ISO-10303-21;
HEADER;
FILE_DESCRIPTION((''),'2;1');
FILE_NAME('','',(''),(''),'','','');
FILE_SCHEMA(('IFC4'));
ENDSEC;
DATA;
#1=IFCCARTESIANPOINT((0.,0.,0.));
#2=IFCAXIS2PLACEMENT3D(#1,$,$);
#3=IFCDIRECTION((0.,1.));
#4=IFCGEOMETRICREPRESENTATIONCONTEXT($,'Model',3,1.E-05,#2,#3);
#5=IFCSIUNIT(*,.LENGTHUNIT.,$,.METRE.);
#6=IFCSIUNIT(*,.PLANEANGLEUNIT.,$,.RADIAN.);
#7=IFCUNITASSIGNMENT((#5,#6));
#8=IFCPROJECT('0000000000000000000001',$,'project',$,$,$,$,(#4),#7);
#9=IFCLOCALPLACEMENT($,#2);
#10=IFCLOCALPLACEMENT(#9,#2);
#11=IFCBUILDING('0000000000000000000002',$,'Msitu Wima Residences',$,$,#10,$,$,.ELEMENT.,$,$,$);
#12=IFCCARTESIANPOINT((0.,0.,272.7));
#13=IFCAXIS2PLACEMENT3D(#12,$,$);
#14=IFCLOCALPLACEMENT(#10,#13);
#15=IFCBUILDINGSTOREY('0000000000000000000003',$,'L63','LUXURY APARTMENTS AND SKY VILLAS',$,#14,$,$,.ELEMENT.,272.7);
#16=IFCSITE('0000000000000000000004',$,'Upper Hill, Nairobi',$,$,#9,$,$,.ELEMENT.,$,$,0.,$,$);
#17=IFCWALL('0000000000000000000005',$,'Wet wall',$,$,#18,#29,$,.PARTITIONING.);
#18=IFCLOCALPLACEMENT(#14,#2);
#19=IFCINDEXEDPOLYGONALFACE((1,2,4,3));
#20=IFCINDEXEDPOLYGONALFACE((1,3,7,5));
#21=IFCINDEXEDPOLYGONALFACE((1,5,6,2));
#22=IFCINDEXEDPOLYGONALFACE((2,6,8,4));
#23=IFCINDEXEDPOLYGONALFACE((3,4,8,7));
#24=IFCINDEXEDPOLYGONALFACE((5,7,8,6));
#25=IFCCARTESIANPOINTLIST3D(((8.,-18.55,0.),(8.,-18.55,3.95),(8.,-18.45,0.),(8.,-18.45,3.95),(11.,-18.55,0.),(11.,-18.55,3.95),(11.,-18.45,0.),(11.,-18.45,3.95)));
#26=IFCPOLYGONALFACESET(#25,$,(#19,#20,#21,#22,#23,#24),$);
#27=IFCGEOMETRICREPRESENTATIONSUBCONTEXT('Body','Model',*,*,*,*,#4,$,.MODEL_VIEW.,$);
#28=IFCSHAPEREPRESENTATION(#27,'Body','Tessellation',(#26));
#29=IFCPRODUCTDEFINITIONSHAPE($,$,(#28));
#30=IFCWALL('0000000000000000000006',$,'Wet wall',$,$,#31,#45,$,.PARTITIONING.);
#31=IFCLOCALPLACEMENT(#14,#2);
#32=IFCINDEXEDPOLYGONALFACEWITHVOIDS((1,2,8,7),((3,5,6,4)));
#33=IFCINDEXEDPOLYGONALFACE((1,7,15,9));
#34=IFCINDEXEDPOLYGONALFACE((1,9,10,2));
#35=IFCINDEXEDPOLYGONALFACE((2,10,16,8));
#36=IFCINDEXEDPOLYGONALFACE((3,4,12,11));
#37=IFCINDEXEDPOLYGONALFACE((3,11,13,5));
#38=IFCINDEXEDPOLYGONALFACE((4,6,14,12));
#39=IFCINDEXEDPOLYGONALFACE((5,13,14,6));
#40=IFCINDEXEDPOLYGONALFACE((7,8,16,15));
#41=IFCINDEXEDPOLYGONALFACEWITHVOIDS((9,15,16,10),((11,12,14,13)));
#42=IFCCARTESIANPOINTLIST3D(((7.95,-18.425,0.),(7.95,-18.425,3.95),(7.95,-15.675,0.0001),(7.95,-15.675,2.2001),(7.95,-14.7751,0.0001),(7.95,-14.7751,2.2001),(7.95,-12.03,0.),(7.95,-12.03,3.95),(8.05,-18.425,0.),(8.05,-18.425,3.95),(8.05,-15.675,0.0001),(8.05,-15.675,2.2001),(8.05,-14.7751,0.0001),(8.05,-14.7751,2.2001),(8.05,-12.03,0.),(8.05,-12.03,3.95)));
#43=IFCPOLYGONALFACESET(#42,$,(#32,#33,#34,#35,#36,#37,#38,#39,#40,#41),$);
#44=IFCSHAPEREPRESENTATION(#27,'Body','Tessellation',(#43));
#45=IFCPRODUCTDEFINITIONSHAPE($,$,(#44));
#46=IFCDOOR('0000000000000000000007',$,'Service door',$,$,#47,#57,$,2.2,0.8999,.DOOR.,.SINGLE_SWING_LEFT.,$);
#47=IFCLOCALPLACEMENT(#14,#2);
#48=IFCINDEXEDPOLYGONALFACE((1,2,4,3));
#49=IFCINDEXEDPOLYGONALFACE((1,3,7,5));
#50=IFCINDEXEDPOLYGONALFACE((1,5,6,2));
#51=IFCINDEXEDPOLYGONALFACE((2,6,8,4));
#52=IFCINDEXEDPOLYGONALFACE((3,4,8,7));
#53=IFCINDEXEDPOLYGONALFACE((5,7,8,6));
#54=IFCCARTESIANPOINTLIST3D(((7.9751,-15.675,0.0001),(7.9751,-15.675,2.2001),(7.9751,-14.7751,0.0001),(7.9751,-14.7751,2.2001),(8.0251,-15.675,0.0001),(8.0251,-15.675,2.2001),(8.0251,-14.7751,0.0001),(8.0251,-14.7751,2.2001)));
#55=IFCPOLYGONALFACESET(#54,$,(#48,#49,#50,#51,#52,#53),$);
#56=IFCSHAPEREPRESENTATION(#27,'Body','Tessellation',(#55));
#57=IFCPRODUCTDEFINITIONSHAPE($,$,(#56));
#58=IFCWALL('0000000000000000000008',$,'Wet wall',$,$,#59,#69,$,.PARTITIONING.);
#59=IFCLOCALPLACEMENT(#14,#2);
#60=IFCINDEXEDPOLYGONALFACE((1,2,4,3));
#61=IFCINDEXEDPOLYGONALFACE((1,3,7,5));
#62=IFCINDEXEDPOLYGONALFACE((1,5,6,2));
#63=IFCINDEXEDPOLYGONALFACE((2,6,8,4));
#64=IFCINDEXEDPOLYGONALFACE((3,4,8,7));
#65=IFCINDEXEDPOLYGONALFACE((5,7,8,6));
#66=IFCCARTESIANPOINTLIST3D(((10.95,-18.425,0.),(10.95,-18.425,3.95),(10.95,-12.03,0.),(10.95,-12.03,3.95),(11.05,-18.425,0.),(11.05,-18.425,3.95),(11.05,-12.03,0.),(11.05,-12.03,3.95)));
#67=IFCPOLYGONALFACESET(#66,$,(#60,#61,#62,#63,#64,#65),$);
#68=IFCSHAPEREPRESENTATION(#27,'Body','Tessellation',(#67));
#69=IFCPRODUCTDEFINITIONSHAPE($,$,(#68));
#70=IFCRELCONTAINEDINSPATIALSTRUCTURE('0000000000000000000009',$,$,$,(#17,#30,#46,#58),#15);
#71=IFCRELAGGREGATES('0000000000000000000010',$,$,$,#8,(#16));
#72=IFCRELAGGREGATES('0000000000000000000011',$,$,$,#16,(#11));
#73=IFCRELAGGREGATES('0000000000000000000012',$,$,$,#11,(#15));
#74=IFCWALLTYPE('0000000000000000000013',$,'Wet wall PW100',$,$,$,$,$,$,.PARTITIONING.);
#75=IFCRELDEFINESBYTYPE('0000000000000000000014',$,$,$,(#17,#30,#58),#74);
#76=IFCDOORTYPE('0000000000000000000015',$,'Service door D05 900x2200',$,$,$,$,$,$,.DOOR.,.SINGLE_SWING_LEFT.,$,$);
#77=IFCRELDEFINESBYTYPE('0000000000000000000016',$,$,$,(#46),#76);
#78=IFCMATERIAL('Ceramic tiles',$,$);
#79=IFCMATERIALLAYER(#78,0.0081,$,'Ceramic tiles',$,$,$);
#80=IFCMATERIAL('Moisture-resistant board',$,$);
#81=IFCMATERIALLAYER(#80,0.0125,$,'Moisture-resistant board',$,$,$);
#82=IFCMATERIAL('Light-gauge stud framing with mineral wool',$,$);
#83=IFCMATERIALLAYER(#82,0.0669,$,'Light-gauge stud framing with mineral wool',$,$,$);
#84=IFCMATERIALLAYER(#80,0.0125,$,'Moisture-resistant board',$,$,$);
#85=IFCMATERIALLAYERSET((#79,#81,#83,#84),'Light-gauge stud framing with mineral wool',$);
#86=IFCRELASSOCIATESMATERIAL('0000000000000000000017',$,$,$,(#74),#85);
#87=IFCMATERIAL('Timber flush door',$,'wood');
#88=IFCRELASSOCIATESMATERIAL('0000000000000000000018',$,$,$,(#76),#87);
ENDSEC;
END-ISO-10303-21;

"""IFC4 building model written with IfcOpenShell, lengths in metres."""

from ifc_helpers import new_model, si_unit, direction, frame, frame_2d, origin, place, context, subcontext, project, spatial, rectangle, extrude, material, layer, layer_set, type_object, element, fill, save


model = new_model("IFC4")

# Units and contexts
model_context = context("Model", 3, precision=1e-05, world=origin(), true_north=direction((0.0, 1.0)))
body_context = subcontext(model_context, "Body", "Model", "MODEL_VIEW")
ifc_project = project(units=[si_unit("LENGTHUNIT", "METRE"), si_unit("PLANEANGLEUNIT", "RADIAN")], contexts=[model_context])

# Site, building, storey
site_placement = place(None, origin())
site = spatial("IfcSite", under=ifc_project, at=site_placement, Name="Upper Hill, Nairobi", CompositionType="ELEMENT", RefElevation=0.0)
building_placement = place(site_placement, origin())
building = spatial("IfcBuilding", under=site, at=building_placement, Name="Msitu Wima Residences", CompositionType="ELEMENT")
storey_placement = place(building_placement, frame((0.0, 0.0, 272.7)))
storey = spatial("IfcBuildingStorey", under=building, at=storey_placement, Name="L63", Description="LUXURY APARTMENTS AND SKY VILLAS", CompositionType="ELEMENT", Elevation=272.7)

# Shared definitions
ifc_material_1 = material(Name="Timber flush door", Category="wood")

# Wall
ifc_material_2 = material(Name="Ceramic tiles")
ifc_layer_1 = layer(ifc_material_2, 0.0081, Name="Ceramic tiles")
ifc_material_3 = material(Name="Moisture-resistant board")
ifc_layer_2 = layer(ifc_material_3, 0.0125, Name="Moisture-resistant board")
ifc_material_4 = material(Name="Light-gauge stud framing with mineral wool")
ifc_layer_3 = layer(ifc_material_4, 0.0669, Name="Light-gauge stud framing with mineral wool")
ifc_layer_4 = layer(ifc_material_3, 0.0125, Name="Moisture-resistant board")
ifc_layer_set_1 = layer_set([ifc_layer_1, ifc_layer_2, ifc_layer_3, ifc_layer_4], Name="Light-gauge stud framing with mineral wool")
wall_type_1 = type_object("IfcWallType", Name="Wet wall PW100", PredefinedType="PARTITIONING", material=ifc_layer_set_1)
wall_1_placement = place(storey_placement, frame((8.0, -18.5, 0.0), z_axis=(0.0, 0.0, 1.0), x_axis=(1.0, 0.0, 0.0)))
element("IfcWall", 1, at=wall_1_placement, inside=storey, type_object=wall_type_1, Name="Wet wall", PredefinedType="PARTITIONING", context=body_context, shape_type="SweptSolid", body=[
    extrude(rectangle(XDim=3.0, YDim=0.1001, at=frame_2d((1.5, 0.0))), origin(), (0.0, 0.0, 1.0), 3.95),
])

# Wall, opening, door
wall_2_placement = place(storey_placement, frame((8.0, -18.425, 0.0), z_axis=(0.0, 0.0, 1.0), x_axis=(0.0, 1.0, 0.0)))
wall_2 = element("IfcWall", 2, at=wall_2_placement, inside=storey, type_object=wall_type_1, Name="Wet wall", PredefinedType="PARTITIONING", context=body_context, shape_type="SweptSolid", body=[
    extrude(rectangle(XDim=6.395, YDim=0.1001, at=frame_2d((3.1975, 0.0))), origin(), (0.0, 0.0, 1.0), 3.95),
])
opening_1_placement = place(wall_2_placement, frame((2.75, 0.0, 0.0)))
opening_1 = element("IfcOpeningElement", 3, at=opening_1_placement, cuts=wall_2, PredefinedType="OPENING", context=body_context, shape_type="SweptSolid", body=[
    extrude(rectangle(XDim=0.8999, YDim=2.2, at=frame_2d((0.45, 1.1001))), frame((0.0, 0.0601, 0.0), z_axis=(0.0, -1.0, 0.0), x_axis=(1.0, 0.0, 0.0)), (0.0, 0.0, 1.0), 0.1201),
])
door_type_1 = type_object("IfcDoorType", Name="Service door D05 900x2200", OperationType="SINGLE_SWING_LEFT", PredefinedType="DOOR", material=ifc_material_1)
door_1_placement = place(opening_1_placement, origin())
door_1 = element("IfcDoor", 4, at=door_1_placement, inside=storey, type_object=door_type_1, Name="Service door", OperationType="SINGLE_SWING_LEFT", OverallHeight=2.2, OverallWidth=0.8999, PredefinedType="DOOR", context=body_context, shape_type="SweptSolid", body=[
    extrude(rectangle(XDim=0.8999, YDim=2.2, at=frame_2d((0.45, 1.1001))), frame((0.0, 0.0249, 0.0), z_axis=(0.0, -1.0, 0.0), x_axis=(1.0, 0.0, 0.0)), (0.0, 0.0, 1.0), 0.05),
])
fill(opening_1, door_1)

# Wall
wall_3_placement = place(storey_placement, frame((11.0, -18.425, 0.0), z_axis=(0.0, 0.0, 1.0), x_axis=(0.0, 1.0, 0.0)))
element("IfcWall", 5, at=wall_3_placement, inside=storey, type_object=wall_type_1, Name="Wet wall", PredefinedType="PARTITIONING", context=body_context, shape_type="SweptSolid", body=[
    extrude(rectangle(XDim=6.395, YDim=0.1001, at=frame_2d((3.1975, 0.0))), origin(), (0.0, 0.0, 1.0), 3.95),
])

save(model, "model.ifc")
